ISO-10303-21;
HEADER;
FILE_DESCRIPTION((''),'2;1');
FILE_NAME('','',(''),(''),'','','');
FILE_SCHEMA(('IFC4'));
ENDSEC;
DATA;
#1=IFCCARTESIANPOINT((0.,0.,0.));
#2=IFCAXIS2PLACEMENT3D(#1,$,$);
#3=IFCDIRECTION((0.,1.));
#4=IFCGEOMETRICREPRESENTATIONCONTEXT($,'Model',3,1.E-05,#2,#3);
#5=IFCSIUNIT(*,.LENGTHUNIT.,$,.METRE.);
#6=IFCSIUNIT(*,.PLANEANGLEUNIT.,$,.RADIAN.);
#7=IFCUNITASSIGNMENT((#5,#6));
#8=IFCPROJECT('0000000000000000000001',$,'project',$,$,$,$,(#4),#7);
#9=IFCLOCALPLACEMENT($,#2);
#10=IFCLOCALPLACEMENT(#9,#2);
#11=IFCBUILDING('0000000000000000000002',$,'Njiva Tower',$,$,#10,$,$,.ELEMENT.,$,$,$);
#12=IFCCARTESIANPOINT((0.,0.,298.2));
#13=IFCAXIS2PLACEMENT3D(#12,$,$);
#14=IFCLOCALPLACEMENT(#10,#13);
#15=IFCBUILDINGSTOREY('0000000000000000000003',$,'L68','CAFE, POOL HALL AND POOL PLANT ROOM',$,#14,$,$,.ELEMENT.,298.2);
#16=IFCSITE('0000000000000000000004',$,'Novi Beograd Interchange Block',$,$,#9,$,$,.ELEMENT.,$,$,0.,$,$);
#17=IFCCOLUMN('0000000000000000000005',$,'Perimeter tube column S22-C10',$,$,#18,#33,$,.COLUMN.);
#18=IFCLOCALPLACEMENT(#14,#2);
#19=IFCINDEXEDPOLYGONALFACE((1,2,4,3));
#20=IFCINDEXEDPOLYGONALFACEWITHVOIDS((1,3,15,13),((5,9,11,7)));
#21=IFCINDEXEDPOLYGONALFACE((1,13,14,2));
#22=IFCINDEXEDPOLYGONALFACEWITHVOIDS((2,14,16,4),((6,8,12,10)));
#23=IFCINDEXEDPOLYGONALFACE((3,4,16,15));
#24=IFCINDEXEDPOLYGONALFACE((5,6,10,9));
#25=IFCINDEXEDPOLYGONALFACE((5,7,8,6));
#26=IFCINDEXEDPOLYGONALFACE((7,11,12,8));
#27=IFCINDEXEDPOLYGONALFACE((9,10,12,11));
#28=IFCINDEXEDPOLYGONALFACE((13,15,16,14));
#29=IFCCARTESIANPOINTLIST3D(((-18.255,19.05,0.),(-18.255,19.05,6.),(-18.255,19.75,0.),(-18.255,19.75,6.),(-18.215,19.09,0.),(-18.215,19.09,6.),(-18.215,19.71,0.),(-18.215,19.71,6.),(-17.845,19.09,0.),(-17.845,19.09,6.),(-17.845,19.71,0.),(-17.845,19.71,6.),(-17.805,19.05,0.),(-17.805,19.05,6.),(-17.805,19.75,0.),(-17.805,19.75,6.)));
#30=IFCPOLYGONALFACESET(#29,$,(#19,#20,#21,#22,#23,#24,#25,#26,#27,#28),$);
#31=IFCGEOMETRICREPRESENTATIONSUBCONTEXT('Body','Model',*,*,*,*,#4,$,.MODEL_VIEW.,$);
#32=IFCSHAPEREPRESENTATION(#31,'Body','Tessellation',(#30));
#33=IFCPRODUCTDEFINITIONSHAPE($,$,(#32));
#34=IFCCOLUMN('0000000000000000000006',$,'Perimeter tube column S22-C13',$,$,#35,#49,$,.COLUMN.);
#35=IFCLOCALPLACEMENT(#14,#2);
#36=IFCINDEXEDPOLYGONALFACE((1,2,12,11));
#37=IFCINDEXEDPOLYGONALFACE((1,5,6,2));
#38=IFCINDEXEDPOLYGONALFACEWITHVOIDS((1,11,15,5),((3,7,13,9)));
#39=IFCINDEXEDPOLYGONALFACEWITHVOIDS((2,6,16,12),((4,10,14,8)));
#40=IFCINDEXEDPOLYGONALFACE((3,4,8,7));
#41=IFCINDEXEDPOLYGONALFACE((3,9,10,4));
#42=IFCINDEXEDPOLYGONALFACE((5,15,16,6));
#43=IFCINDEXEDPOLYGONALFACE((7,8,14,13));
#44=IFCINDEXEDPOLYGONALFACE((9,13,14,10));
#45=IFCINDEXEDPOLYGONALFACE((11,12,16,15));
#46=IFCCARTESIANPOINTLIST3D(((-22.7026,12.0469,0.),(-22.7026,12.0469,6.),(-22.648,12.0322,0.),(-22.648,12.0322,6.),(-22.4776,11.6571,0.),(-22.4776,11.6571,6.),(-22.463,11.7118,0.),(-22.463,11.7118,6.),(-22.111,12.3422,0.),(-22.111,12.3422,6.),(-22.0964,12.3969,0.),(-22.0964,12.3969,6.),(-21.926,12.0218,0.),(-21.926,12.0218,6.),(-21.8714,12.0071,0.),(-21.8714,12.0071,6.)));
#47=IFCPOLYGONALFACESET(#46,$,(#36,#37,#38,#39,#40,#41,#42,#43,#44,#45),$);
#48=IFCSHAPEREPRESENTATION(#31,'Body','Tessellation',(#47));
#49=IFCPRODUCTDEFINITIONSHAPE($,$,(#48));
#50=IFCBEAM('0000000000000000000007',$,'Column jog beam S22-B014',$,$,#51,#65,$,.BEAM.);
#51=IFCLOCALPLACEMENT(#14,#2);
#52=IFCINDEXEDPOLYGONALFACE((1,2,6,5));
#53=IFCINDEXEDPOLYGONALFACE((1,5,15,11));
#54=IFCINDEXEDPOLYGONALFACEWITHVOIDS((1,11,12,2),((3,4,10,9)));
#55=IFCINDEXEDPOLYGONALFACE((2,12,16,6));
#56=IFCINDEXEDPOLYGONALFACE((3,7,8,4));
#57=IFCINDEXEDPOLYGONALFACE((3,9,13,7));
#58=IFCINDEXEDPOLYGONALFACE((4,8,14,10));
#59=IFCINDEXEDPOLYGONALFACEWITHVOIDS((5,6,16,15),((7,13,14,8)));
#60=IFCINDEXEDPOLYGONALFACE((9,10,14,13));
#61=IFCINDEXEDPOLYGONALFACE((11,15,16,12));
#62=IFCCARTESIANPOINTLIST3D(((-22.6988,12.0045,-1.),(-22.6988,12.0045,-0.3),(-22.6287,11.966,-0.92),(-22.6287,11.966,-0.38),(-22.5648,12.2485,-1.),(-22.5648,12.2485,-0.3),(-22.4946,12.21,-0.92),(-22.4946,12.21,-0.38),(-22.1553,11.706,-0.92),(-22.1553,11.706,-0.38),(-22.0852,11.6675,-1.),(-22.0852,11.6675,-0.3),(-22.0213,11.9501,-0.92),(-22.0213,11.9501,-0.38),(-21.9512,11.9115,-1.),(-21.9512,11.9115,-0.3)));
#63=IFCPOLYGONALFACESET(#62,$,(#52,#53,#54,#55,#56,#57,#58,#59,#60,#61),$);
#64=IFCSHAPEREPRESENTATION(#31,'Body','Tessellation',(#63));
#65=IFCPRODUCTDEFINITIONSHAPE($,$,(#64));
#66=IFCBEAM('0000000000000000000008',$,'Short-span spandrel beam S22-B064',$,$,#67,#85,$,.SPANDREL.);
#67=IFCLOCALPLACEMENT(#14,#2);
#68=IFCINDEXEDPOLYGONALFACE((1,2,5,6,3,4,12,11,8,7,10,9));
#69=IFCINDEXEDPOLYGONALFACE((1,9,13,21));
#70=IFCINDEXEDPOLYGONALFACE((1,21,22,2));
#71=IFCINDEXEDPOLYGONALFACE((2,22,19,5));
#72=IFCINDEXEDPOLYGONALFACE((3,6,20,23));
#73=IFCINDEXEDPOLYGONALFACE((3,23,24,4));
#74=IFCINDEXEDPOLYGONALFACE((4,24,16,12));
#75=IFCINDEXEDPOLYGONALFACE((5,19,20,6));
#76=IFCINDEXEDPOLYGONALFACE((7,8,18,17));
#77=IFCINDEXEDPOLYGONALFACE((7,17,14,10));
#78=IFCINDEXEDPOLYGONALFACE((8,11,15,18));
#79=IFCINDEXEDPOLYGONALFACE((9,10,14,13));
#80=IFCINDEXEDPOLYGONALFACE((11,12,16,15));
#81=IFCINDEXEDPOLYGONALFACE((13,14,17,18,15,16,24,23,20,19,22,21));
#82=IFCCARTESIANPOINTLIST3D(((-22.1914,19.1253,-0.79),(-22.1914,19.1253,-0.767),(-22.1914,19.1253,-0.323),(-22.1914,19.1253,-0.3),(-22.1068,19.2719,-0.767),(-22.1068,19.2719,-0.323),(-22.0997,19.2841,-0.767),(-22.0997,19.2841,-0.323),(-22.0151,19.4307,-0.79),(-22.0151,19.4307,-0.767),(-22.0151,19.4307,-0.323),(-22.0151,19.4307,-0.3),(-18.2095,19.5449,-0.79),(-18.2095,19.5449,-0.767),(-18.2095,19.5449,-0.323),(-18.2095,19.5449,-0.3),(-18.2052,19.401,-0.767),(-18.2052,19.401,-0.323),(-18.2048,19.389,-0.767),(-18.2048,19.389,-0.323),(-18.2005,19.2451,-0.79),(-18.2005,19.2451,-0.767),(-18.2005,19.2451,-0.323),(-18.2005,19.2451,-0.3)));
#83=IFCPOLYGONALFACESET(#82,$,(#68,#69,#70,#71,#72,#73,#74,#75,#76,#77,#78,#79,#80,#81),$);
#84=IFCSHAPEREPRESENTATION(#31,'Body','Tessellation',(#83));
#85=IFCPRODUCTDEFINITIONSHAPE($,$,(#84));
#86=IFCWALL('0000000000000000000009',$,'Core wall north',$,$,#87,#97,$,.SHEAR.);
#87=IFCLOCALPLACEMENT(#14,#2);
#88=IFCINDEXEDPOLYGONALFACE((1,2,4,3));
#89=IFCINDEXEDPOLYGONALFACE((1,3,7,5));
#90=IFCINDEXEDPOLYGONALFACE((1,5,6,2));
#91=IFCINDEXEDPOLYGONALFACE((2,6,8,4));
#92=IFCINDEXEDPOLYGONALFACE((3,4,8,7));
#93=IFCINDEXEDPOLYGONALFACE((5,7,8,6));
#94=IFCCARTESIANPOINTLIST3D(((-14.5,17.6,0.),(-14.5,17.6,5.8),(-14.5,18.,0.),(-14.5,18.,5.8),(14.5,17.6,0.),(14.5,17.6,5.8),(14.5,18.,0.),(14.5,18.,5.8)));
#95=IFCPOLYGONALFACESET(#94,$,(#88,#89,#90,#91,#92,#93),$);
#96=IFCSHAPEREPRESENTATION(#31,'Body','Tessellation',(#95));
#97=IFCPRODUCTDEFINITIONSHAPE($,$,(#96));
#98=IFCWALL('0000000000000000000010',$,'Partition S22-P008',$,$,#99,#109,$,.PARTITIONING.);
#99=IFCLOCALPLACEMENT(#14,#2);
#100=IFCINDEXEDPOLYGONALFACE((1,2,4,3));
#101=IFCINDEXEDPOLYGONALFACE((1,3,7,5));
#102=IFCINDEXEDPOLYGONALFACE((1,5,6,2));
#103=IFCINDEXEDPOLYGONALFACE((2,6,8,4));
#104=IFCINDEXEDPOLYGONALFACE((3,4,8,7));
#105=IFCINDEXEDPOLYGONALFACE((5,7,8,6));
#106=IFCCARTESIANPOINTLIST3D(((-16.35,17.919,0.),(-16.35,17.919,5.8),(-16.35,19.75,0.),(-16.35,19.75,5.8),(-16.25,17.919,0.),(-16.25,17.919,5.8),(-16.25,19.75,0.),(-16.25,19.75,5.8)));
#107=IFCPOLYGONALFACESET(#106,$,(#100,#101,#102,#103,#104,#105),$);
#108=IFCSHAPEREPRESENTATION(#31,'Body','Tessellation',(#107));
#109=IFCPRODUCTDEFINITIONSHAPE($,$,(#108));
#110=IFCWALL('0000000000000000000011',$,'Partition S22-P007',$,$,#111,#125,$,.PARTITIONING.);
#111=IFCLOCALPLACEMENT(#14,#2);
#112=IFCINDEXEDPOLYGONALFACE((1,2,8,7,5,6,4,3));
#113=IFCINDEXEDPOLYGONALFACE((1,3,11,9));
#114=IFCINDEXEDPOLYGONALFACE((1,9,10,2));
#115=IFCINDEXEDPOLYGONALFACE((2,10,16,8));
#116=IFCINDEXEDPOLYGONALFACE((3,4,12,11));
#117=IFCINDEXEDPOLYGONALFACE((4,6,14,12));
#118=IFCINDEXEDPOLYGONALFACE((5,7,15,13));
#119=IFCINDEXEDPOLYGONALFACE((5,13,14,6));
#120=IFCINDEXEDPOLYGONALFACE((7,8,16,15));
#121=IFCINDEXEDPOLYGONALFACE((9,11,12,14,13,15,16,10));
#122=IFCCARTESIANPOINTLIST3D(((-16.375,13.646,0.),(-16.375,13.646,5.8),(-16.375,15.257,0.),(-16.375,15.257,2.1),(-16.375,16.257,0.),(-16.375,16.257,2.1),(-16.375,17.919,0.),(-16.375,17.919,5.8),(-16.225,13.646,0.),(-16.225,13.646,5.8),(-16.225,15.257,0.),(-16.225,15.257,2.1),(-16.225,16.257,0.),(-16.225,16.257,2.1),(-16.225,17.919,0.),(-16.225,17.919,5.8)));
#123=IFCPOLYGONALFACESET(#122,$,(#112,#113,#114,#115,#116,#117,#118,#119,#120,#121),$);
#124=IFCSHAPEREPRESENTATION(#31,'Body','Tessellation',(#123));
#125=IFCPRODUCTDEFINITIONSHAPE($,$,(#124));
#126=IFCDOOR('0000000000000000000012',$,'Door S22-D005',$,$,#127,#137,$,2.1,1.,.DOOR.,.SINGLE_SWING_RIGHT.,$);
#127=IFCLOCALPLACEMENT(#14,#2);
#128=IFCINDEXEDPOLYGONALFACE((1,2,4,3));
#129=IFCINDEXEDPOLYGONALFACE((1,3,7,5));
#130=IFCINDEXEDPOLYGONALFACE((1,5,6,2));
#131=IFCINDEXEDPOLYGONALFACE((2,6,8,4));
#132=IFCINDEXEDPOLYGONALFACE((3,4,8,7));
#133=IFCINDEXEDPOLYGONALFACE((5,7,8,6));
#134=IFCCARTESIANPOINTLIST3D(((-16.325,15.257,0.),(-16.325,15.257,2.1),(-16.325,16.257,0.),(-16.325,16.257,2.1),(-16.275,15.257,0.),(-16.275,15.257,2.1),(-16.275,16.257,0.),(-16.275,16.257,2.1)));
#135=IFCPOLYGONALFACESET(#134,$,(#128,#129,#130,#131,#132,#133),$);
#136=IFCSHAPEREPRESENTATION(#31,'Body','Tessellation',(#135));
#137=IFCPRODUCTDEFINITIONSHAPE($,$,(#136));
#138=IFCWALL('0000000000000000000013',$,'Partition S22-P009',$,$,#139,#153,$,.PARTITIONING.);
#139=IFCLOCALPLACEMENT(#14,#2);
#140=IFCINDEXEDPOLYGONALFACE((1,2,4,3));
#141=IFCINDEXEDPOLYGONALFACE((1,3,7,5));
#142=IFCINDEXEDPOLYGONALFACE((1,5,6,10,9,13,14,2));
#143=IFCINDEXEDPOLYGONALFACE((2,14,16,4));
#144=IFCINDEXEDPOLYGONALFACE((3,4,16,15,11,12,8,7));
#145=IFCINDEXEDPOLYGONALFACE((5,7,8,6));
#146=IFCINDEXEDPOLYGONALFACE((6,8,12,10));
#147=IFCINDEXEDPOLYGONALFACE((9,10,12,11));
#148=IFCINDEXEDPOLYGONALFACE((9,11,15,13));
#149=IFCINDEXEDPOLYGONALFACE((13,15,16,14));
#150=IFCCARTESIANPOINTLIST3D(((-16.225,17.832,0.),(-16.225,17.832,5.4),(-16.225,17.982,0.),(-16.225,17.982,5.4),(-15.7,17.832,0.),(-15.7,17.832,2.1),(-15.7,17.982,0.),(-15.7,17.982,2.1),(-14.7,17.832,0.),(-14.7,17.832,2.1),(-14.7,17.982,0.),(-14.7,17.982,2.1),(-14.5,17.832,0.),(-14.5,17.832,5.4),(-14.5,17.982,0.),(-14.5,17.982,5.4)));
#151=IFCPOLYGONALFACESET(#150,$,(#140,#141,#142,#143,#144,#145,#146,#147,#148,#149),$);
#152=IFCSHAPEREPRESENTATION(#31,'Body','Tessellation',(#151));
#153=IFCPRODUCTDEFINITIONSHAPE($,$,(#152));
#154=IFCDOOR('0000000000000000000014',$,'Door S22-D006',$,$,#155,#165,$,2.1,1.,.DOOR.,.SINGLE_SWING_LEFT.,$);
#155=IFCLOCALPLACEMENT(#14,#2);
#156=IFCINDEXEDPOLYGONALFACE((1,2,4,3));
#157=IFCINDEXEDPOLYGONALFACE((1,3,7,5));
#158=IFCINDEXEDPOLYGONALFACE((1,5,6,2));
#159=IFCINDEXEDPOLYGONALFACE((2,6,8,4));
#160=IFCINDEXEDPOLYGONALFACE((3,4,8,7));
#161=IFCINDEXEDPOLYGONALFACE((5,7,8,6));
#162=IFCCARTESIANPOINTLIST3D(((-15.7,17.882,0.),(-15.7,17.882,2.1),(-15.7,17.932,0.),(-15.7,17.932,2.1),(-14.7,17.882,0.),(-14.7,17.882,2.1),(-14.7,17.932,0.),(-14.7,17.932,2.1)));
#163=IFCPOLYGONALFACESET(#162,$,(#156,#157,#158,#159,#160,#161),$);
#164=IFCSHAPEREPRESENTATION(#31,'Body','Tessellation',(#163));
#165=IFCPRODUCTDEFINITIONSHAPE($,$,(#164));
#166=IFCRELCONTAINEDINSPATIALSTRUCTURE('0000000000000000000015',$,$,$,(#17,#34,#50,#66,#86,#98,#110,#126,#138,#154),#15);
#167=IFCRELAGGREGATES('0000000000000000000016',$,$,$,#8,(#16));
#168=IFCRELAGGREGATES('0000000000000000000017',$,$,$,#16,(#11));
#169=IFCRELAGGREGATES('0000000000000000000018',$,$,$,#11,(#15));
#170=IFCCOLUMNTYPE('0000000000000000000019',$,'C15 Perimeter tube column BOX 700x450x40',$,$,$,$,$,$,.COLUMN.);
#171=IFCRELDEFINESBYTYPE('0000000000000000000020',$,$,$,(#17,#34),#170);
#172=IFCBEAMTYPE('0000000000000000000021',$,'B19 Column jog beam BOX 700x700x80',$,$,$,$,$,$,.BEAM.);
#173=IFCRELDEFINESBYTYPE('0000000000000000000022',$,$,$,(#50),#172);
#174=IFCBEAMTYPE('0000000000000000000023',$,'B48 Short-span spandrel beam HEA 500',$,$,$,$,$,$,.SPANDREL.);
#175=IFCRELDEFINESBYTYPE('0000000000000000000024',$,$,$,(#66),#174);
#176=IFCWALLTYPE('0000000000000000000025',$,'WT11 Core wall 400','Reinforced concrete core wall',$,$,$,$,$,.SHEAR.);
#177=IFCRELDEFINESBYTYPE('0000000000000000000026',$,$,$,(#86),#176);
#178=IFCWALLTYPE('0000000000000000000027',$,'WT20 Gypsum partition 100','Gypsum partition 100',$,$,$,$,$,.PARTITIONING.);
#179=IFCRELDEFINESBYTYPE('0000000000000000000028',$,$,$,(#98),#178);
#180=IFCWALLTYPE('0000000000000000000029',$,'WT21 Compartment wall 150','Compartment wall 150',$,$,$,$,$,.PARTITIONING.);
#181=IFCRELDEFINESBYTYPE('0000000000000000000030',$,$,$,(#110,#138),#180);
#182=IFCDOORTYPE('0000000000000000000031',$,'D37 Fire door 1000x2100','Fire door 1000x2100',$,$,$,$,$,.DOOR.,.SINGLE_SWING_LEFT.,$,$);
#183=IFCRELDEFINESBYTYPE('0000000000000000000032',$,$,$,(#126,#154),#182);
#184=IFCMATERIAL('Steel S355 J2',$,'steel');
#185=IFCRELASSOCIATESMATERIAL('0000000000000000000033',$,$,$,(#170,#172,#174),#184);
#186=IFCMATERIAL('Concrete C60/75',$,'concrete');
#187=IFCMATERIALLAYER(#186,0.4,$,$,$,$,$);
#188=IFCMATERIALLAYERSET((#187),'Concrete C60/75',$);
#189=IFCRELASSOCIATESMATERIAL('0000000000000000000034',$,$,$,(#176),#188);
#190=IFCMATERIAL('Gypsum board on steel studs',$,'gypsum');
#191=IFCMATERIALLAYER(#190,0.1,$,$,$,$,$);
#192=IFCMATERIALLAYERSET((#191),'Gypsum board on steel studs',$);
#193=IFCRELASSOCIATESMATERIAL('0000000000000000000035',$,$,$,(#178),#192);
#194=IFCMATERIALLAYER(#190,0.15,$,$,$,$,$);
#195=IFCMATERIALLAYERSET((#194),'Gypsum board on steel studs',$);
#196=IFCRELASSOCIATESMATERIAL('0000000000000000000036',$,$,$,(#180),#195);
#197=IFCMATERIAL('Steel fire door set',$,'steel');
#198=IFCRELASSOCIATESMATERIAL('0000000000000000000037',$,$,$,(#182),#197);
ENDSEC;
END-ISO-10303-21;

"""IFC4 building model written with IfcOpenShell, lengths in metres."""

from ifc_helpers import new_model, si_unit, direction, frame, frame_2d, origin, origin_2d, place, context, subcontext, project, spatial, rectangle, hollow_rectangle, i_section, extrude, clip, halfspace, material, layer, layer_set, material_profile, profile_set, type_object, element, fill, save


model = new_model("IFC4")

# Units and contexts
model_context = context("Model", 3, precision=1e-05, world=origin(), true_north=direction((0.0, 1.0)))
body_context = subcontext(model_context, "Body", "Model", "MODEL_VIEW")
ifc_project = project(units=[si_unit("LENGTHUNIT", "METRE"), si_unit("PLANEANGLEUNIT", "RADIAN")], contexts=[model_context])

# Site, building, storey
site_placement = place(None, origin())
site = spatial("IfcSite", under=ifc_project, at=site_placement, Name="Novi Beograd Interchange Block", CompositionType="ELEMENT", RefElevation=0.0)
building_placement = place(site_placement, origin())
building = spatial("IfcBuilding", under=site, at=building_placement, Name="Njiva Tower", CompositionType="ELEMENT")
storey_placement = place(building_placement, frame((0.0, 0.0, 298.2)))
storey = spatial("IfcBuildingStorey", under=building, at=storey_placement, Name="L68", Description="CAFE, POOL HALL AND POOL PLANT ROOM", CompositionType="ELEMENT", Elevation=298.2)

# Columns
ifc_material_1 = material(Name="Steel S355 J2", Category="steel")
ifc_material_profile_1 = material_profile(ifc_material_1, hollow_rectangle(XDim=0.45, YDim=0.7, WallThickness=0.04, at=origin_2d()), Name="BOX 700x450x40")
ifc_profile_set_1 = profile_set([ifc_material_profile_1], Name="Steel S355 J2")
column_type = type_object("IfcColumnType", Name="C15 Perimeter tube column BOX 700x450x40", PredefinedType="COLUMN", material=ifc_profile_set_1)
for number, where, z_axis, x_axis, name in (
    (1, (-18.03, 19.4, 0.0), (0.0, 0.0, 1.0), (-1.0, 0.0, 0.0), "Perimeter tube column S22-C10"),
    (2, (-22.287, 12.027, 0.0), (0.0, 0.0, 1.0), (0.5, -0.866025, 0.0), "Perimeter tube column S22-C13"),
):
    element("IfcColumn", number, at=place(storey_placement, frame(where, z_axis=z_axis, x_axis=x_axis)), inside=storey, type_object=column_type, Name=name, PredefinedType="COLUMN", context=body_context, shape_type="SweptSolid", body=[
        extrude(hollow_rectangle(XDim=0.45, YDim=0.7, WallThickness=0.04, at=origin_2d()), origin(), (0.0, 0.0, 1.0), 6.0),
    ])

# Beams
ifc_material_profile_2 = material_profile(ifc_material_1, hollow_rectangle(XDim=0.7, YDim=0.7, WallThickness=0.08, at=origin_2d()), Name="BOX 700x700x80")
ifc_profile_set_2 = profile_set([ifc_material_profile_2], Name="Steel S355 J2")
beam_type_1 = type_object("IfcBeamType", Name="B19 Column jog beam BOX 700x700x80", PredefinedType="BEAM", material=ifc_profile_set_2)
beam_1_placement = place(storey_placement, frame((-22.392, 11.836, -0.65), z_axis=(0.481367, 0.876519, 0.0), x_axis=(-0.876519, 0.481367, 0.0)))
element("IfcBeam", 3, at=beam_1_placement, inside=storey, type_object=beam_type_1, Name="Column jog beam S22-B014", PredefinedType="BEAM", context=body_context, shape_type="SweptSolid", body=[
    extrude(hollow_rectangle(XDim=0.7, YDim=0.7, WallThickness=0.08, at=origin_2d()), origin(), (0.0, 0.0, 1.0), 0.2784),
])
ifc_material_profile_3 = material_profile(ifc_material_1, i_section(OverallWidth=0.3, OverallDepth=0.49, WebThickness=0.012, FlangeThickness=0.023, at=origin_2d()), Name="HEA 500")
ifc_profile_set_3 = profile_set([ifc_material_profile_3], Name="Steel S355 J2")
beam_type_2 = type_object("IfcBeamType", Name="B48 Short-span spandrel beam HEA 500", PredefinedType="SPANDREL", material=ifc_profile_set_3)
beam_2_placement = place(storey_placement, frame((-18.205, 19.395, -0.545), z_axis=(-0.99955, -0.030002, 0.0), x_axis=(0.030002, -0.99955, 0.0)))
element("IfcBeam", 4, at=beam_2_placement, inside=storey, type_object=beam_type_2, Name="Short-span spandrel beam S22-B064", PredefinedType="SPANDREL", context=body_context, shape_type="Clipping", body=[
    clip(extrude(i_section(OverallWidth=0.3, OverallDepth=0.49, WebThickness=0.012, FlangeThickness=0.023, at=origin_2d()), origin(), (0.0, 0.0, 1.0), 4.0128), halfspace(frame((-0.0259, 0.0, 3.884), z_axis=(-0.525755, 0.0, 0.850636), x_axis=(0.0, 1.0, 0.0)), False)),
])

# Walls
ifc_material_2 = material(Name="Concrete C60/75", Category="concrete")
ifc_layer_1 = layer(ifc_material_2, 0.4)
ifc_layer_set_1 = layer_set([ifc_layer_1], Name="Concrete C60/75")
wall_type_1 = type_object("IfcWallType", Name="WT11 Core wall 400", Description="Reinforced concrete core wall", PredefinedType="SHEAR", material=ifc_layer_set_1)
wall_1_placement = place(storey_placement, frame((-14.5, 17.8, 0.0), z_axis=(0.0, 0.0, 1.0), x_axis=(1.0, 0.0, 0.0)))
element("IfcWall", 5, at=wall_1_placement, inside=storey, type_object=wall_type_1, Name="Core wall north", PredefinedType="SHEAR", context=body_context, shape_type="SweptSolid", body=[
    extrude(rectangle(XDim=29.0, YDim=0.4, at=frame_2d((14.5, 0.0))), origin(), (0.0, 0.0, 1.0), 5.8),
])
ifc_material_3 = material(Name="Gypsum board on steel studs", Category="gypsum")
ifc_layer_2 = layer(ifc_material_3, 0.1)
ifc_layer_set_2 = layer_set([ifc_layer_2], Name="Gypsum board on steel studs")
wall_type_2 = type_object("IfcWallType", Name="WT20 Gypsum partition 100", Description="Gypsum partition 100", PredefinedType="PARTITIONING", material=ifc_layer_set_2)
wall_2_placement = place(storey_placement, frame((-16.3, 17.919, 0.0), z_axis=(0.0, 0.0, 1.0), x_axis=(0.0, 1.0, 0.0)))
element("IfcWall", 6, at=wall_2_placement, inside=storey, type_object=wall_type_2, Name="Partition S22-P008", PredefinedType="PARTITIONING", context=body_context, shape_type="SweptSolid", body=[
    extrude(rectangle(XDim=1.831, YDim=0.1, at=frame_2d((0.9155, 0.0))), origin(), (0.0, 0.0, 1.0), 5.8),
])

# Walls, openings, doors
ifc_layer_3 = layer(ifc_material_3, 0.15)
ifc_layer_set_3 = layer_set([ifc_layer_3], Name="Gypsum board on steel studs")
wall_type_3 = type_object("IfcWallType", Name="WT21 Compartment wall 150", Description="Compartment wall 150", PredefinedType="PARTITIONING", material=ifc_layer_set_3)
wall_3_placement = place(storey_placement, frame((-16.3, 13.646, 0.0), z_axis=(0.0, 0.0, 1.0), x_axis=(0.0, 1.0, 0.0)))
wall_3 = element("IfcWall", 7, at=wall_3_placement, inside=storey, type_object=wall_type_3, Name="Partition S22-P007", PredefinedType="PARTITIONING", context=body_context, shape_type="SweptSolid", body=[
    extrude(rectangle(XDim=4.273, YDim=0.15, at=frame_2d((2.1365, 0.0))), origin(), (0.0, 0.0, 1.0), 5.8),
])
opening_1_placement = place(wall_3_placement, frame((1.611, 0.0, 0.0)))
opening_1 = element("IfcOpeningElement", 8, at=opening_1_placement, cuts=wall_3, PredefinedType="OPENING", context=body_context, shape_type="SweptSolid", body=[
    extrude(rectangle(XDim=1.0, YDim=2.1, at=frame_2d((0.5, 1.05))), frame((0.0, 0.085, 0.0), z_axis=(0.0, -1.0, 0.0), x_axis=(1.0, 0.0, 0.0)), (0.0, 0.0, 1.0), 0.17),
])
ifc_material_4 = material(Name="Steel fire door set", Category="steel")
door_type = type_object("IfcDoorType", Name="D37 Fire door 1000x2100", Description="Fire door 1000x2100", OperationType="SINGLE_SWING_LEFT", PredefinedType="DOOR", material=ifc_material_4)
door_1_placement = place(opening_1_placement, origin())
door_1 = element("IfcDoor", 9, at=door_1_placement, inside=storey, type_object=door_type, Name="Door S22-D005", OperationType="SINGLE_SWING_RIGHT", OverallHeight=2.1, OverallWidth=1.0, PredefinedType="DOOR", context=body_context, shape_type="SweptSolid", body=[
    extrude(rectangle(XDim=1.0, YDim=2.1, at=frame_2d((0.5, 1.05))), frame((0.0, 0.025, 0.0), z_axis=(0.0, -1.0, 0.0), x_axis=(1.0, 0.0, 0.0)), (0.0, 0.0, 1.0), 0.05),
])
fill(opening_1, door_1)
wall_4_placement = place(storey_placement, frame((-16.225, 17.907, 0.0), z_axis=(0.0, 0.0, 1.0), x_axis=(1.0, 0.0, 0.0)))
wall_4 = element("IfcWall", 10, at=wall_4_placement, inside=storey, type_object=wall_type_3, Name="Partition S22-P009", PredefinedType="PARTITIONING", context=body_context, shape_type="SweptSolid", body=[
    extrude(rectangle(XDim=1.725, YDim=0.15, at=frame_2d((0.8625, 0.0))), origin(), (0.0, 0.0, 1.0), 5.4),
])
opening_2_placement = place(wall_4_placement, frame((0.525, 0.0, 0.0)))
opening_2 = element("IfcOpeningElement", 11, at=opening_2_placement, cuts=wall_4, PredefinedType="OPENING", context=body_context, shape_type="SweptSolid", body=[
    extrude(rectangle(XDim=1.0, YDim=2.1, at=frame_2d((0.5, 1.05))), frame((0.0, 0.085, 0.0), z_axis=(0.0, -1.0, 0.0), x_axis=(1.0, 0.0, 0.0)), (0.0, 0.0, 1.0), 0.17),
])
door_2_placement = place(opening_2_placement, origin())
door_2 = element("IfcDoor", 12, at=door_2_placement, inside=storey, type_object=door_type, Name="Door S22-D006", OperationType="SINGLE_SWING_LEFT", OverallHeight=2.1, OverallWidth=1.0, PredefinedType="DOOR", context=body_context, shape_type="SweptSolid", body=[
    extrude(rectangle(XDim=1.0, YDim=2.1, at=frame_2d((0.5, 1.05))), frame((0.0, 0.025, 0.0), z_axis=(0.0, -1.0, 0.0), x_axis=(1.0, 0.0, 0.0)), (0.0, 0.0, 1.0), 0.05),
])
fill(opening_2, door_2)

save(model, "model.ifc")
